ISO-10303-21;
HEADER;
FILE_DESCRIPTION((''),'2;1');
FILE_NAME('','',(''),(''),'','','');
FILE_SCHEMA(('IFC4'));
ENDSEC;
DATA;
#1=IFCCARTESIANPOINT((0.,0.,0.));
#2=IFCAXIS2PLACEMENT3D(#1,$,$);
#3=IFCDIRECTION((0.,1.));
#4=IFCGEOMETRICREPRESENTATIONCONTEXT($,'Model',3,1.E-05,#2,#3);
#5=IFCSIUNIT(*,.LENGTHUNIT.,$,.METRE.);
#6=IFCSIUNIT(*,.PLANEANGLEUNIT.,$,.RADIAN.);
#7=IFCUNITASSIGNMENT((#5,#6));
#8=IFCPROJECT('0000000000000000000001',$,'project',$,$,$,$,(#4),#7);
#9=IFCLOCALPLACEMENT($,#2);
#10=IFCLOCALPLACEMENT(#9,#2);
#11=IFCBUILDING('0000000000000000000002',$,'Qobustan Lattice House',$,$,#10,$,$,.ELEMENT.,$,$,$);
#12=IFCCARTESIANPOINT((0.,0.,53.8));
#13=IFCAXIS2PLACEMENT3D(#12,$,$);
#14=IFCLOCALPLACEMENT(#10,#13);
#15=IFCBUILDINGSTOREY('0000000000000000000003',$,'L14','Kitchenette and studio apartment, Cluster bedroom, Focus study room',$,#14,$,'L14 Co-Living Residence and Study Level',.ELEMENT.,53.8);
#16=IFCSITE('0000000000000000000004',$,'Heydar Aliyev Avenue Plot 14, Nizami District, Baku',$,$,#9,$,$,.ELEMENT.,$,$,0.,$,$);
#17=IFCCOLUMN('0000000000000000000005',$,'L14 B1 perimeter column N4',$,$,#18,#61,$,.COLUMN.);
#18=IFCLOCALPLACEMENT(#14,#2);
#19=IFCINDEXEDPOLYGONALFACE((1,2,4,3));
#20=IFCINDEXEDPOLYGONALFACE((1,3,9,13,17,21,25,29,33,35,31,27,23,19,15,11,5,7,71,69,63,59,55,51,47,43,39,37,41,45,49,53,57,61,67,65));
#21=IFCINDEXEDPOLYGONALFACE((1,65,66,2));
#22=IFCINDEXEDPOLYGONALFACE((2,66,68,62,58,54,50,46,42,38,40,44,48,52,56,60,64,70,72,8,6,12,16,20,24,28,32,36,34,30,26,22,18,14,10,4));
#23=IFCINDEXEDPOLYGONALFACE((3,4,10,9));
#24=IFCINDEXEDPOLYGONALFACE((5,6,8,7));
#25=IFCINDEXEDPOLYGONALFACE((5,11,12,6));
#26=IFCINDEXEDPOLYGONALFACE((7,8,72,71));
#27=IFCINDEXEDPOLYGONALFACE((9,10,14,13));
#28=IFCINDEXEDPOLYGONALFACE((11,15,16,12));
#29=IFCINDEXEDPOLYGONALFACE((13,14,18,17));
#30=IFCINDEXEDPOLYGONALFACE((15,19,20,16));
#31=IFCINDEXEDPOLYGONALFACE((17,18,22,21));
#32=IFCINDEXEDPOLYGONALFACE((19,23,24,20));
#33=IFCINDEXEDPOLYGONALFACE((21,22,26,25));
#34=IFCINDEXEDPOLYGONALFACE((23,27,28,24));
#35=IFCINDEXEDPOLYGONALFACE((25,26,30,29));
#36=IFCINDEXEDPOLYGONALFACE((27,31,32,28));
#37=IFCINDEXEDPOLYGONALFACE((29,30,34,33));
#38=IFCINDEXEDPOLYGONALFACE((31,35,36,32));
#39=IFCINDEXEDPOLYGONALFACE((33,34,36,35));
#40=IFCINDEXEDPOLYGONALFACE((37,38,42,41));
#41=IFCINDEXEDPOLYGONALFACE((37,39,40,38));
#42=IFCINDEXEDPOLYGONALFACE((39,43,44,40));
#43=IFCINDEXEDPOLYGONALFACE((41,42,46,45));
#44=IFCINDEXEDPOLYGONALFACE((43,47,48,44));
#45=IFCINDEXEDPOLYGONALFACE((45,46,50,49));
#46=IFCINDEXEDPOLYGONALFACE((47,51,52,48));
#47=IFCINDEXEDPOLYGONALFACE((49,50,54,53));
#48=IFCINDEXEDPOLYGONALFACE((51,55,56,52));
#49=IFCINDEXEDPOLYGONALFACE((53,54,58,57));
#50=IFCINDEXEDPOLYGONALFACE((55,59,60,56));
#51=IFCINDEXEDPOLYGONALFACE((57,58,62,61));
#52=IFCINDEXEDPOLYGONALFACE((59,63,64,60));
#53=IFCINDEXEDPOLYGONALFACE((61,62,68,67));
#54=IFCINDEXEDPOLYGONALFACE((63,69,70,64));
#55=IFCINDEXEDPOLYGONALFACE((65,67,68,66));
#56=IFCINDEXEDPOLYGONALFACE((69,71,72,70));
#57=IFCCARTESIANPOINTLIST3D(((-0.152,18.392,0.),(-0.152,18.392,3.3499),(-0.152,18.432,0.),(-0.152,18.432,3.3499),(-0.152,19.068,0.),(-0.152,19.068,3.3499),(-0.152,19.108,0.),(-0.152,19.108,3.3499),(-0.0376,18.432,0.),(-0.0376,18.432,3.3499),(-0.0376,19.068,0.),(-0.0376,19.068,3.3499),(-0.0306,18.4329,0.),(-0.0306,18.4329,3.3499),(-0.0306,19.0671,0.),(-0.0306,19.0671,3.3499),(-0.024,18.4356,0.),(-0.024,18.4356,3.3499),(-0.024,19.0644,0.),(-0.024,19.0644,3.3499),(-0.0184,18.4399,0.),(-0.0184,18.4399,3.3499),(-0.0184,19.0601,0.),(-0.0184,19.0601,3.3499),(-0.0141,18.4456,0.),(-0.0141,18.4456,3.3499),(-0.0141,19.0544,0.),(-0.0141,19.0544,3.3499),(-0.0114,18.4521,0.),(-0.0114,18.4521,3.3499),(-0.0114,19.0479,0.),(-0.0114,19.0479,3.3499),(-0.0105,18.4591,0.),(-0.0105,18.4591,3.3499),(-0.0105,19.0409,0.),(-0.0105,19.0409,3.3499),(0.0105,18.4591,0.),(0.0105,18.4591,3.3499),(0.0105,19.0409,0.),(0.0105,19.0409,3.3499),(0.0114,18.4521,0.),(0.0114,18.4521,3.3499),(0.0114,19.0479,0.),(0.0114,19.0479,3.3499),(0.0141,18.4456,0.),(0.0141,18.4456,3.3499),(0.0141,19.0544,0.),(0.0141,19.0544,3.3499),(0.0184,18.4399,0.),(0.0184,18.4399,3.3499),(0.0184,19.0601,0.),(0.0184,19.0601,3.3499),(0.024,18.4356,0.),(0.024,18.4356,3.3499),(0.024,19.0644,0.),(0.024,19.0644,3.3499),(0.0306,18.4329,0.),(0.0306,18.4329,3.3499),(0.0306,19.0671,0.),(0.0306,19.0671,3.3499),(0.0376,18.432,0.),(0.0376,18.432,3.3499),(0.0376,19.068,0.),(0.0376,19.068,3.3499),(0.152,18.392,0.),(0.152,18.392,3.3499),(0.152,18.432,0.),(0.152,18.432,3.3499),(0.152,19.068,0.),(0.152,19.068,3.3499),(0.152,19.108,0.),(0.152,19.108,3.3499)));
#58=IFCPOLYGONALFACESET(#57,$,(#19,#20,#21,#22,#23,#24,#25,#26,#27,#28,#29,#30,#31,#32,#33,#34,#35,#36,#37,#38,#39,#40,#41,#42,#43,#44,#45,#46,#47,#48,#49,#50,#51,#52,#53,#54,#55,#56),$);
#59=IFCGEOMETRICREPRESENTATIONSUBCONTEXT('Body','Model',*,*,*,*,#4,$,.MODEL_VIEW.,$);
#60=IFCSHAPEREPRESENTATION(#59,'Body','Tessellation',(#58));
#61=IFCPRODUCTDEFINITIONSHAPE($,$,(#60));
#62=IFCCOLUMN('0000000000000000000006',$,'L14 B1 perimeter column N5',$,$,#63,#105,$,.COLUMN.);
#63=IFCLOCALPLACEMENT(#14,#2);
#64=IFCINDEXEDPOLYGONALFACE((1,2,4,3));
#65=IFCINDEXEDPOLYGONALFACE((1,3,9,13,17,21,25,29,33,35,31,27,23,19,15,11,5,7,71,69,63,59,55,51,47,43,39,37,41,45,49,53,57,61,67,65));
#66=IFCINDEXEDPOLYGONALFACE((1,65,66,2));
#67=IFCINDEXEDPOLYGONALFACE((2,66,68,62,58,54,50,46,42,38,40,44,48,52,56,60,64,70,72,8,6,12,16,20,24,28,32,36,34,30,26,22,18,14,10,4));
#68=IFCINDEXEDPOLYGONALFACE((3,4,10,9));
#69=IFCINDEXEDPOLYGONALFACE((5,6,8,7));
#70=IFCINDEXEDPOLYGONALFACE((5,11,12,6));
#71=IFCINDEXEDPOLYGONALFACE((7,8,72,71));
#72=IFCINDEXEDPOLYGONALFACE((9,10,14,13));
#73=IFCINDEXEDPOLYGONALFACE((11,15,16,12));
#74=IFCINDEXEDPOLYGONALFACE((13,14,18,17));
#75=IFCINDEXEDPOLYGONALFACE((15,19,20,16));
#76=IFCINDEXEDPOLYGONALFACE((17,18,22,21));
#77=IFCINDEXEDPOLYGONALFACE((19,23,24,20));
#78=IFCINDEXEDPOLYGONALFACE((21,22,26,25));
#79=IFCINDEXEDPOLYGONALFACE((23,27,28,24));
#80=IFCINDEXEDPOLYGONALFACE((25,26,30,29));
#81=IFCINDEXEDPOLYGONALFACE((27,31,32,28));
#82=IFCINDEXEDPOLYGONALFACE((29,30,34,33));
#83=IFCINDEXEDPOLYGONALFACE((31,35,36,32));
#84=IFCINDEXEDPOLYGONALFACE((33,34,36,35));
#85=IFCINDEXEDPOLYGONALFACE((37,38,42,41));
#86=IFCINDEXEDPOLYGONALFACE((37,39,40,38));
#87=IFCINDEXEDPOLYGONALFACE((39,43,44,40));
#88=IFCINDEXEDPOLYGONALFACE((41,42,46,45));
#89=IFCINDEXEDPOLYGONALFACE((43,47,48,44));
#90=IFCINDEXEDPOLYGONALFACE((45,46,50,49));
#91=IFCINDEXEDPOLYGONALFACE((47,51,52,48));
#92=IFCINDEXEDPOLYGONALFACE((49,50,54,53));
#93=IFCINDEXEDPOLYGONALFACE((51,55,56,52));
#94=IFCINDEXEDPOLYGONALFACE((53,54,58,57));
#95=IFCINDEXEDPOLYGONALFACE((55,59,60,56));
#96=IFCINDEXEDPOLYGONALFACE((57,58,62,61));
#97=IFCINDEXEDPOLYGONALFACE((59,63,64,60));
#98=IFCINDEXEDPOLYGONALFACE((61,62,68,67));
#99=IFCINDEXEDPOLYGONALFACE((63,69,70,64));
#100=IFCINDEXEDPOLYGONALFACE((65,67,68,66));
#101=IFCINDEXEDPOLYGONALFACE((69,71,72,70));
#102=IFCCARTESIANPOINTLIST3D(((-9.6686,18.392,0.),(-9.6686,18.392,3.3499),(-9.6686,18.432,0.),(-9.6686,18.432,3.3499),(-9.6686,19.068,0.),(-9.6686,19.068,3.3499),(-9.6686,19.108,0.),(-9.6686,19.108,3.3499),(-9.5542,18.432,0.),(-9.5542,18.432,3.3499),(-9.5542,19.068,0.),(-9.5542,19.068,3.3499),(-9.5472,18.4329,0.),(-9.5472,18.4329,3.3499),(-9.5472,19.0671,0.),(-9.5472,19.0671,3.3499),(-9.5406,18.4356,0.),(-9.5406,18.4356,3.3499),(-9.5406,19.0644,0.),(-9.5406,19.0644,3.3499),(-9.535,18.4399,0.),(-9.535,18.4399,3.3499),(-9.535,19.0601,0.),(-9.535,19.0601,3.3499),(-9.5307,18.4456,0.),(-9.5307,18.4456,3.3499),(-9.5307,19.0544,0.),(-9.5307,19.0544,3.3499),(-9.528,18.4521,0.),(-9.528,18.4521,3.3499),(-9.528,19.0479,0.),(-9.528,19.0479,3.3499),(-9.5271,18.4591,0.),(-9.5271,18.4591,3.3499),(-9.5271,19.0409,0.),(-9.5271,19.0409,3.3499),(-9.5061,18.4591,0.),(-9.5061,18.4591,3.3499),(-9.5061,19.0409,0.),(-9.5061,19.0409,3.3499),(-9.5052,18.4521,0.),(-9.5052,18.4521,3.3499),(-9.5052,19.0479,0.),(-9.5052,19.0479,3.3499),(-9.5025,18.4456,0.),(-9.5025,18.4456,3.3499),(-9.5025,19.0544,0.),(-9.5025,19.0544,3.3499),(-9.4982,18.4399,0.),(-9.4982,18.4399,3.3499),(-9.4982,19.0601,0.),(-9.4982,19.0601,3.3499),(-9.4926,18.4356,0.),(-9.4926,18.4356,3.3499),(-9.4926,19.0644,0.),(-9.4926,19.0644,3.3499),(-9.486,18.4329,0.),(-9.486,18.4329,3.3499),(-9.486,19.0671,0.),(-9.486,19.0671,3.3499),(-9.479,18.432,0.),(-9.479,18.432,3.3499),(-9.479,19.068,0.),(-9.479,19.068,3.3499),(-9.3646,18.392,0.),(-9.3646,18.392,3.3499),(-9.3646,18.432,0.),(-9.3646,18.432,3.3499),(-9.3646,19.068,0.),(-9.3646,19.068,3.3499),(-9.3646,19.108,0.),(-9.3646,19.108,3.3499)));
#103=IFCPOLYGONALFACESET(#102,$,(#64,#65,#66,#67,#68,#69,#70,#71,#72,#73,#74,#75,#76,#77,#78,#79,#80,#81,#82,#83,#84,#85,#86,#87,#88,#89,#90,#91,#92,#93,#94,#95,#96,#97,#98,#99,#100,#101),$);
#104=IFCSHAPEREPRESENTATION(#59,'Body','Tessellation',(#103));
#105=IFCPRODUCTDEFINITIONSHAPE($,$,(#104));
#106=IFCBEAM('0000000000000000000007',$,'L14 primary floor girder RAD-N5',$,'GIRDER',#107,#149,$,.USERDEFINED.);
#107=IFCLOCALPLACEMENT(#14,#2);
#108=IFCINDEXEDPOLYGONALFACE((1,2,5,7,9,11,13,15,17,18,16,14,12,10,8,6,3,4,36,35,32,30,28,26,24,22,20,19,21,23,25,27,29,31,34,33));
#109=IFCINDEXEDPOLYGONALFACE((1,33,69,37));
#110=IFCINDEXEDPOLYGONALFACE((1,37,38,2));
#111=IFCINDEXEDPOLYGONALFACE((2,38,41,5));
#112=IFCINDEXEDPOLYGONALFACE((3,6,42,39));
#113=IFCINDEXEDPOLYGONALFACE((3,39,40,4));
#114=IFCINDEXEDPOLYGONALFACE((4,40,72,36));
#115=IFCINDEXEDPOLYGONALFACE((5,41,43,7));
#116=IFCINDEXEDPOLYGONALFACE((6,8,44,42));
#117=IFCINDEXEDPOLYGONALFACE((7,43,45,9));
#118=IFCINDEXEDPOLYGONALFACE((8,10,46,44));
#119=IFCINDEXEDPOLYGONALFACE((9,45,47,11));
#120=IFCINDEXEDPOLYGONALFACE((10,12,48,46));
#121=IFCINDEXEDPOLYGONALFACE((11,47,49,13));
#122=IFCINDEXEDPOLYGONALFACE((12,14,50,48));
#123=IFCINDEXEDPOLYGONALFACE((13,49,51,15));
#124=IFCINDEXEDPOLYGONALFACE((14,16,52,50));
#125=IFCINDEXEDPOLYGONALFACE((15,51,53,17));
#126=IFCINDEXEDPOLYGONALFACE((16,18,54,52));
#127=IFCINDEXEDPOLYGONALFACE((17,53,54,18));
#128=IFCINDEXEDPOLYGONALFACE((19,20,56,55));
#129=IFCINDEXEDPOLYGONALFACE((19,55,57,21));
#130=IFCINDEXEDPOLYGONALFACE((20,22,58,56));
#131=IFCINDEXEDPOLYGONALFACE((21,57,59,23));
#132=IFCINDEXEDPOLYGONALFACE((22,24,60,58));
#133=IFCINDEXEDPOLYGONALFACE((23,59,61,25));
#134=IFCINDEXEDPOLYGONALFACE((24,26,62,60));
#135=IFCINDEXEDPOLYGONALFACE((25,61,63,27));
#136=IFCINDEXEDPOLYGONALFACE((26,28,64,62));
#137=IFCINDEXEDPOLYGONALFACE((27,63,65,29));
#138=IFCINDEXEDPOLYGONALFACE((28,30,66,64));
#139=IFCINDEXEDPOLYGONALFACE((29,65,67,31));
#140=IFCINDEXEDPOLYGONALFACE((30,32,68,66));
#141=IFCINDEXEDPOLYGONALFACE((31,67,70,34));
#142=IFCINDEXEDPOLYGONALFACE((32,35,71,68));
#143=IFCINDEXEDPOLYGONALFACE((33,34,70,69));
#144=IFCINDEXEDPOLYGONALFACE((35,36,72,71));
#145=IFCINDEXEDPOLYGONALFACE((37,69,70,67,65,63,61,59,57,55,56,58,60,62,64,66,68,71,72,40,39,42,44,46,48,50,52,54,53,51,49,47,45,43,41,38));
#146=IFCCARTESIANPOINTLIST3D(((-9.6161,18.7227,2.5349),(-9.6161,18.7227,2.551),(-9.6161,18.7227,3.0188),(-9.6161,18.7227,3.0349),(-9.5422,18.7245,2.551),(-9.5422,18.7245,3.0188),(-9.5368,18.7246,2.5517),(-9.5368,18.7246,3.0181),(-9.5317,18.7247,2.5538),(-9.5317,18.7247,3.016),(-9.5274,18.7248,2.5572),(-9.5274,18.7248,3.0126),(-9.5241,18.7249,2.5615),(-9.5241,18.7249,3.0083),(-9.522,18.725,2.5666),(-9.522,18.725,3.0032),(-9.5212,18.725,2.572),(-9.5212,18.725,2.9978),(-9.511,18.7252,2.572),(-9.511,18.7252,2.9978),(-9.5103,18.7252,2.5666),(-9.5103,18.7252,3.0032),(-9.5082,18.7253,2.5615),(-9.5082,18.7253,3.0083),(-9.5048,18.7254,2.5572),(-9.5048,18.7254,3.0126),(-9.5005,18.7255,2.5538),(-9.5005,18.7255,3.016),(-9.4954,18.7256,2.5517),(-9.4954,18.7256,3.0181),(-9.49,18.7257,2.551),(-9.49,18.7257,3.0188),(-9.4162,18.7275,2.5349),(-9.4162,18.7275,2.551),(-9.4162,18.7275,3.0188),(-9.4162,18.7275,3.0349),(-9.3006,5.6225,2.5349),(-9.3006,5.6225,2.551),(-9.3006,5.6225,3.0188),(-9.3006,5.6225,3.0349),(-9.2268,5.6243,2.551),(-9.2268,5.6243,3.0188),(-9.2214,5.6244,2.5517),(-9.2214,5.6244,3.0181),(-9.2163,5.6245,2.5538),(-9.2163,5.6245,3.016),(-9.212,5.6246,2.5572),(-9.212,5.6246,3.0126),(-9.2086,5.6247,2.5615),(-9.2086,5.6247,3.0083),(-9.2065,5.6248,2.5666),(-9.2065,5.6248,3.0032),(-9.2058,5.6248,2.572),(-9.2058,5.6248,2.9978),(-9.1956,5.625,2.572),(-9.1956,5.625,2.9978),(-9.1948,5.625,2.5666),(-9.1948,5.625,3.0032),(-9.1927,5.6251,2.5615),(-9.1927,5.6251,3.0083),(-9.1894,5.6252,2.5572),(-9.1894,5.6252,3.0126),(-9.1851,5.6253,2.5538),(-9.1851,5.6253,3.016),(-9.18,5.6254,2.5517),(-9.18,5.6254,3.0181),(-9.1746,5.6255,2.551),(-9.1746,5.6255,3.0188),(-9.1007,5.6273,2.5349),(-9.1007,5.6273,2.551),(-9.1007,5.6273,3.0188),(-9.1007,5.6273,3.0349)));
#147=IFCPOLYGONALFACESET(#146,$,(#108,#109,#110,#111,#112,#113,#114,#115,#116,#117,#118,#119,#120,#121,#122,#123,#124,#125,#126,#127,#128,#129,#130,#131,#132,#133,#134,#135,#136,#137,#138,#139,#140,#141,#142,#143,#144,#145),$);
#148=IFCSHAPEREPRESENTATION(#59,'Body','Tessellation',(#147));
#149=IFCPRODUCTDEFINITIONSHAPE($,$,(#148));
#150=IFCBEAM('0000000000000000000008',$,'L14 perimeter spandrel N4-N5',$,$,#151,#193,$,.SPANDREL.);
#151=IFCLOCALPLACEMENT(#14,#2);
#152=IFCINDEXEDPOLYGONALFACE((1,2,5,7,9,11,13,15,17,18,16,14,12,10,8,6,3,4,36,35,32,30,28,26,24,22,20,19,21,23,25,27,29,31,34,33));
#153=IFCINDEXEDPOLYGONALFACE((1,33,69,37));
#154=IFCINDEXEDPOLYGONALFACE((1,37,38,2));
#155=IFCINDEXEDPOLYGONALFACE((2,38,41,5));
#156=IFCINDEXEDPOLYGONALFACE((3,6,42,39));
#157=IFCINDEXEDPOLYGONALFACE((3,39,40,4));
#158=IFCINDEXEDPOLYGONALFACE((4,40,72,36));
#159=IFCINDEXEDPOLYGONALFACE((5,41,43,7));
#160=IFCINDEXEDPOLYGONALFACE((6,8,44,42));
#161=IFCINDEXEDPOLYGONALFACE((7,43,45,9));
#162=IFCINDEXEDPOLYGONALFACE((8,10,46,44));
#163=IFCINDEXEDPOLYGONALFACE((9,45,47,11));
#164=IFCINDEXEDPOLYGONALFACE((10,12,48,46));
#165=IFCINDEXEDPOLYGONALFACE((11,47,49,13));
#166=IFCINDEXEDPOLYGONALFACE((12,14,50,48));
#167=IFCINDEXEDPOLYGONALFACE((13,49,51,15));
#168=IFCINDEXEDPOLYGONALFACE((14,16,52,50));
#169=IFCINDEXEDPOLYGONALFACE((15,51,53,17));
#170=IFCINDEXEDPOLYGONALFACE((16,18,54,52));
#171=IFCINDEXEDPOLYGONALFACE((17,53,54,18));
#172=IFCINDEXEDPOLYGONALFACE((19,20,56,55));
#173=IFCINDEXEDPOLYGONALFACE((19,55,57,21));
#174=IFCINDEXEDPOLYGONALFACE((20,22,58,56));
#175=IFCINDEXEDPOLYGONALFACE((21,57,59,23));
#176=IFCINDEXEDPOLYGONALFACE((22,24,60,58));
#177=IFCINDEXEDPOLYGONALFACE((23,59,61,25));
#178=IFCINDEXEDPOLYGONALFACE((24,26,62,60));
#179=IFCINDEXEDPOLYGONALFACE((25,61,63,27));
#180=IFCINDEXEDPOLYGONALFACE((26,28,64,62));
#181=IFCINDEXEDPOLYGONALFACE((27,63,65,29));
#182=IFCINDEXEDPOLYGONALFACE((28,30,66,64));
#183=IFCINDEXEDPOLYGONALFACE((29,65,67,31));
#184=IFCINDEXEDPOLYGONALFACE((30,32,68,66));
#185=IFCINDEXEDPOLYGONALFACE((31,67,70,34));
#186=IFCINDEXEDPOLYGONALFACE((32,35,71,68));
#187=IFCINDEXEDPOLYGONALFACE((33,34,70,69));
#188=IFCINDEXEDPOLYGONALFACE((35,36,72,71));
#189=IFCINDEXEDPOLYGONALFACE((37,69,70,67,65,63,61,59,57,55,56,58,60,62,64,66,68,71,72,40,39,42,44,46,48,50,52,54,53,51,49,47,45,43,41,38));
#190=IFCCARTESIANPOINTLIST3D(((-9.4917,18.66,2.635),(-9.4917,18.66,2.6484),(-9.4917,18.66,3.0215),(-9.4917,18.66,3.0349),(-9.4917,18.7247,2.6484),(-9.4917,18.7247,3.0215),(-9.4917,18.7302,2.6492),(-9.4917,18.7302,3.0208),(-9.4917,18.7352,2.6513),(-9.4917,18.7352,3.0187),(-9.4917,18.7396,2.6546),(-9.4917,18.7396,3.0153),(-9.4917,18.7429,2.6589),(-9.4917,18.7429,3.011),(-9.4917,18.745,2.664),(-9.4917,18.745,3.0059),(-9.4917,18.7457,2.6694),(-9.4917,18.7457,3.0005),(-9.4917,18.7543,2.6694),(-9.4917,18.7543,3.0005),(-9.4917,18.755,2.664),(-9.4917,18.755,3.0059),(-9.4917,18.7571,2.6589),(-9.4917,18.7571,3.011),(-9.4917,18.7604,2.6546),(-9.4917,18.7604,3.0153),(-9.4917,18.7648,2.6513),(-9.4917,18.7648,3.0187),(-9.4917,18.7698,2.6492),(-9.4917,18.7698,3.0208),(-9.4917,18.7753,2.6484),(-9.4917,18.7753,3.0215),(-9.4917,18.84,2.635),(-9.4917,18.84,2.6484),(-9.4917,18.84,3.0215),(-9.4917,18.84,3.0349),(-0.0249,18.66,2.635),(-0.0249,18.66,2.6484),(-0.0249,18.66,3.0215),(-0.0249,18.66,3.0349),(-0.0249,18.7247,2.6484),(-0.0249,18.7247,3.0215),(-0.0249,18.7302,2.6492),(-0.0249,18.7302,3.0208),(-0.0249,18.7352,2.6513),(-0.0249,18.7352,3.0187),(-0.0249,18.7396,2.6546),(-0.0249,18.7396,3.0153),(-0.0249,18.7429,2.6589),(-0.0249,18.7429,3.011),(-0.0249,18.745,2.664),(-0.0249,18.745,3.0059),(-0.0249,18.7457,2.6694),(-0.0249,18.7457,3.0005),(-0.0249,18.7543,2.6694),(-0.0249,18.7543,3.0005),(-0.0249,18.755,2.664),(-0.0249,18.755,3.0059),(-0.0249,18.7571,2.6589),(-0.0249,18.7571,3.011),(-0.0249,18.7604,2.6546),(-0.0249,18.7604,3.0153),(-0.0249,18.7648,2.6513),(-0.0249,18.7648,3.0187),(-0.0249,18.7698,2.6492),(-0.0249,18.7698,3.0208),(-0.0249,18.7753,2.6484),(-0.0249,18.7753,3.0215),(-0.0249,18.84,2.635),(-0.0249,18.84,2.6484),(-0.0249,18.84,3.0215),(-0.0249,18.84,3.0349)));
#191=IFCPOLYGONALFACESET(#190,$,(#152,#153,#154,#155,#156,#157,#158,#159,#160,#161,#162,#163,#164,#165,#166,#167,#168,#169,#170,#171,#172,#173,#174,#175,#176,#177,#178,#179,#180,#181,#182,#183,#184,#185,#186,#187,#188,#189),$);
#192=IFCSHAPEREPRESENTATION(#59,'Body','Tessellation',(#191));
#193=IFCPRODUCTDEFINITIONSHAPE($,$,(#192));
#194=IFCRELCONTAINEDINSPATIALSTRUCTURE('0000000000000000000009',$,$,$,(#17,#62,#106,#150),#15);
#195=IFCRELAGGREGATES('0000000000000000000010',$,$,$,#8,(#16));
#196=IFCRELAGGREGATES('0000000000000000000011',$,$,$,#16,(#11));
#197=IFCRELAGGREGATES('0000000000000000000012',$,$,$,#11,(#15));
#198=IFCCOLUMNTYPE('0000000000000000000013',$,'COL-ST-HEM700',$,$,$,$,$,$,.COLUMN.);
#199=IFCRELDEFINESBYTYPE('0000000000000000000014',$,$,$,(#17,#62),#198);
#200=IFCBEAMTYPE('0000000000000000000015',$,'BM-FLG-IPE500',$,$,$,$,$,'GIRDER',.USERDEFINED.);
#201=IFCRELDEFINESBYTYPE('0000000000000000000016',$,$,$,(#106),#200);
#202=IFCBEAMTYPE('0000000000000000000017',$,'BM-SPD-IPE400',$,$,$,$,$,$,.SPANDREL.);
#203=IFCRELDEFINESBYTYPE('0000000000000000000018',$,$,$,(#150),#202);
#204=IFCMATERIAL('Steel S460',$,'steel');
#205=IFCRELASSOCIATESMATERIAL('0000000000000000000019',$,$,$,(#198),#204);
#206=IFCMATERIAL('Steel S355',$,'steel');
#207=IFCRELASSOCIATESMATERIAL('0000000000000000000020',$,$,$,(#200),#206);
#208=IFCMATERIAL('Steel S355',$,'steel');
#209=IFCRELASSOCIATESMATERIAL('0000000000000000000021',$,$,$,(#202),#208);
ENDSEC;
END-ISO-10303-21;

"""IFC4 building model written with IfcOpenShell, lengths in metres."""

from ifc_helpers import new_model, si_unit, direction, frame, origin, origin_2d, place, context, subcontext, project, spatial, i_section, extrude, material, material_profile, profile_set, type_object, element, save


model = new_model("IFC4")

# Units and contexts
model_context = context("Model", 3, precision=1e-05, world=origin(), true_north=direction((0.0, 1.0)))
body_context = subcontext(model_context, "Body", "Model", "MODEL_VIEW")
ifc_project = project(units=[si_unit("LENGTHUNIT", "METRE"), si_unit("PLANEANGLEUNIT", "RADIAN")], contexts=[model_context])

# Site, building, storey
site_placement = place(None, origin())
site = spatial("IfcSite", under=ifc_project, at=site_placement, Name="Heydar Aliyev Avenue Plot 14, Nizami District, Baku", CompositionType="ELEMENT", RefElevation=0.0)
building_placement = place(site_placement, origin())
building = spatial("IfcBuilding", under=site, at=building_placement, Name="Qobustan Lattice House", CompositionType="ELEMENT")
storey_placement = place(building_placement, frame((0.0, 0.0, 53.8)))
storey = spatial("IfcBuildingStorey", under=building, at=storey_placement, Name="L14", Description="Kitchenette and studio apartment, Cluster bedroom, Focus study room", LongName="L14 Co-Living Residence and Study Level", CompositionType="ELEMENT", Elevation=53.8)

# Columns
ifc_material_1 = material(Name="Steel S460", Category="steel")
ifc_material_profile_1 = material_profile(ifc_material_1, i_section(OverallWidth=0.304, OverallDepth=0.7161, WebThickness=0.021, FlangeThickness=0.04, FilletRadius=0.0271, at=origin_2d()), Name="HEM700")
ifc_profile_set_1 = profile_set([ifc_material_profile_1], Name="Steel S460")
column_type = type_object("IfcColumnType", Name="COL-ST-HEM700", PredefinedType="COLUMN", material=ifc_profile_set_1)
for number, where, z_axis, x_axis, name in (
    (1, (0.0, 18.75, 0.0), (0.0, 0.0, 1.0), (1.0, 0.0, 0.0), "L14 B1 perimeter column N4"),
    (2, (-9.5166, 18.75, 0.0), (0.0, 0.0, 1.0), (1.0, 0.0, 0.0), "L14 B1 perimeter column N5"),
):
    element("IfcColumn", number, at=place(storey_placement, frame(where, z_axis=z_axis, x_axis=x_axis)), inside=storey, type_object=column_type, Name=name, PredefinedType="COLUMN", context=body_context, shape_type="SweptSolid", body=[
        extrude(i_section(OverallWidth=0.304, OverallDepth=0.7161, WebThickness=0.021, FlangeThickness=0.04, FilletRadius=0.0271, at=origin_2d()), origin(), (0.0, 0.0, 1.0), 3.3499),
    ])

# Beams
ifc_material_2 = material(Name="Steel S355", Category="steel")
ifc_material_profile_2 = material_profile(ifc_material_2, i_section(OverallWidth=0.2, OverallDepth=0.5, WebThickness=0.0103, FlangeThickness=0.0161, FilletRadius=0.021, at=origin_2d()), Name="IPE500")
ifc_profile_set_2 = profile_set([ifc_material_profile_2], Name="Steel S355")
beam_type_1 = type_object("IfcBeamType", Name="BM-FLG-IPE500", ElementType="GIRDER", PredefinedType="USERDEFINED", material=ifc_profile_set_2)
beam_1_placement = place(storey_placement, frame((-9.5161, 18.7251, 2.7849), z_axis=(0.024071, -0.99971, 0.0), x_axis=(0.99971, 0.024071, 0.0)))
element("IfcBeam", 3, at=beam_1_placement, inside=storey, type_object=beam_type_1, Name="L14 primary floor girder RAD-N5", ObjectType="GIRDER", PredefinedType="USERDEFINED", context=body_context, shape_type="SweptSolid", body=[
    extrude(i_section(OverallWidth=0.2, OverallDepth=0.5, WebThickness=0.0103, FlangeThickness=0.0161, FilletRadius=0.021, at=origin_2d()), origin(), (0.0, 0.0, 1.0), 13.104),
])
ifc_material_3 = material(Name="Steel S355", Category="steel")
ifc_material_profile_3 = material_profile(ifc_material_3, i_section(OverallWidth=0.1799, OverallDepth=0.3999, WebThickness=0.0085, FlangeThickness=0.0134, FilletRadius=0.021, at=origin_2d()), Name="IPE400")
ifc_profile_set_3 = profile_set([ifc_material_profile_3], Name="Steel S355")
beam_type_2 = type_object("IfcBeamType", Name="BM-SPD-IPE400", PredefinedType="SPANDREL", material=ifc_profile_set_3)
beam_2_placement = place(storey_placement, frame((-0.0249, 18.75, 2.835), z_axis=(-1.0, 0.0, 0.0), x_axis=(0.0, -1.0, 0.0)))
element("IfcBeam", 4, at=beam_2_placement, inside=storey, type_object=beam_type_2, Name="L14 perimeter spandrel N4-N5", PredefinedType="SPANDREL", context=body_context, shape_type="SweptSolid", body=[
    extrude(i_section(OverallWidth=0.1799, OverallDepth=0.3999, WebThickness=0.0085, FlangeThickness=0.0134, FilletRadius=0.021, at=origin_2d()), origin(), (0.0, 0.0, 1.0), 9.4668),
])

save(model, "model.ifc")
